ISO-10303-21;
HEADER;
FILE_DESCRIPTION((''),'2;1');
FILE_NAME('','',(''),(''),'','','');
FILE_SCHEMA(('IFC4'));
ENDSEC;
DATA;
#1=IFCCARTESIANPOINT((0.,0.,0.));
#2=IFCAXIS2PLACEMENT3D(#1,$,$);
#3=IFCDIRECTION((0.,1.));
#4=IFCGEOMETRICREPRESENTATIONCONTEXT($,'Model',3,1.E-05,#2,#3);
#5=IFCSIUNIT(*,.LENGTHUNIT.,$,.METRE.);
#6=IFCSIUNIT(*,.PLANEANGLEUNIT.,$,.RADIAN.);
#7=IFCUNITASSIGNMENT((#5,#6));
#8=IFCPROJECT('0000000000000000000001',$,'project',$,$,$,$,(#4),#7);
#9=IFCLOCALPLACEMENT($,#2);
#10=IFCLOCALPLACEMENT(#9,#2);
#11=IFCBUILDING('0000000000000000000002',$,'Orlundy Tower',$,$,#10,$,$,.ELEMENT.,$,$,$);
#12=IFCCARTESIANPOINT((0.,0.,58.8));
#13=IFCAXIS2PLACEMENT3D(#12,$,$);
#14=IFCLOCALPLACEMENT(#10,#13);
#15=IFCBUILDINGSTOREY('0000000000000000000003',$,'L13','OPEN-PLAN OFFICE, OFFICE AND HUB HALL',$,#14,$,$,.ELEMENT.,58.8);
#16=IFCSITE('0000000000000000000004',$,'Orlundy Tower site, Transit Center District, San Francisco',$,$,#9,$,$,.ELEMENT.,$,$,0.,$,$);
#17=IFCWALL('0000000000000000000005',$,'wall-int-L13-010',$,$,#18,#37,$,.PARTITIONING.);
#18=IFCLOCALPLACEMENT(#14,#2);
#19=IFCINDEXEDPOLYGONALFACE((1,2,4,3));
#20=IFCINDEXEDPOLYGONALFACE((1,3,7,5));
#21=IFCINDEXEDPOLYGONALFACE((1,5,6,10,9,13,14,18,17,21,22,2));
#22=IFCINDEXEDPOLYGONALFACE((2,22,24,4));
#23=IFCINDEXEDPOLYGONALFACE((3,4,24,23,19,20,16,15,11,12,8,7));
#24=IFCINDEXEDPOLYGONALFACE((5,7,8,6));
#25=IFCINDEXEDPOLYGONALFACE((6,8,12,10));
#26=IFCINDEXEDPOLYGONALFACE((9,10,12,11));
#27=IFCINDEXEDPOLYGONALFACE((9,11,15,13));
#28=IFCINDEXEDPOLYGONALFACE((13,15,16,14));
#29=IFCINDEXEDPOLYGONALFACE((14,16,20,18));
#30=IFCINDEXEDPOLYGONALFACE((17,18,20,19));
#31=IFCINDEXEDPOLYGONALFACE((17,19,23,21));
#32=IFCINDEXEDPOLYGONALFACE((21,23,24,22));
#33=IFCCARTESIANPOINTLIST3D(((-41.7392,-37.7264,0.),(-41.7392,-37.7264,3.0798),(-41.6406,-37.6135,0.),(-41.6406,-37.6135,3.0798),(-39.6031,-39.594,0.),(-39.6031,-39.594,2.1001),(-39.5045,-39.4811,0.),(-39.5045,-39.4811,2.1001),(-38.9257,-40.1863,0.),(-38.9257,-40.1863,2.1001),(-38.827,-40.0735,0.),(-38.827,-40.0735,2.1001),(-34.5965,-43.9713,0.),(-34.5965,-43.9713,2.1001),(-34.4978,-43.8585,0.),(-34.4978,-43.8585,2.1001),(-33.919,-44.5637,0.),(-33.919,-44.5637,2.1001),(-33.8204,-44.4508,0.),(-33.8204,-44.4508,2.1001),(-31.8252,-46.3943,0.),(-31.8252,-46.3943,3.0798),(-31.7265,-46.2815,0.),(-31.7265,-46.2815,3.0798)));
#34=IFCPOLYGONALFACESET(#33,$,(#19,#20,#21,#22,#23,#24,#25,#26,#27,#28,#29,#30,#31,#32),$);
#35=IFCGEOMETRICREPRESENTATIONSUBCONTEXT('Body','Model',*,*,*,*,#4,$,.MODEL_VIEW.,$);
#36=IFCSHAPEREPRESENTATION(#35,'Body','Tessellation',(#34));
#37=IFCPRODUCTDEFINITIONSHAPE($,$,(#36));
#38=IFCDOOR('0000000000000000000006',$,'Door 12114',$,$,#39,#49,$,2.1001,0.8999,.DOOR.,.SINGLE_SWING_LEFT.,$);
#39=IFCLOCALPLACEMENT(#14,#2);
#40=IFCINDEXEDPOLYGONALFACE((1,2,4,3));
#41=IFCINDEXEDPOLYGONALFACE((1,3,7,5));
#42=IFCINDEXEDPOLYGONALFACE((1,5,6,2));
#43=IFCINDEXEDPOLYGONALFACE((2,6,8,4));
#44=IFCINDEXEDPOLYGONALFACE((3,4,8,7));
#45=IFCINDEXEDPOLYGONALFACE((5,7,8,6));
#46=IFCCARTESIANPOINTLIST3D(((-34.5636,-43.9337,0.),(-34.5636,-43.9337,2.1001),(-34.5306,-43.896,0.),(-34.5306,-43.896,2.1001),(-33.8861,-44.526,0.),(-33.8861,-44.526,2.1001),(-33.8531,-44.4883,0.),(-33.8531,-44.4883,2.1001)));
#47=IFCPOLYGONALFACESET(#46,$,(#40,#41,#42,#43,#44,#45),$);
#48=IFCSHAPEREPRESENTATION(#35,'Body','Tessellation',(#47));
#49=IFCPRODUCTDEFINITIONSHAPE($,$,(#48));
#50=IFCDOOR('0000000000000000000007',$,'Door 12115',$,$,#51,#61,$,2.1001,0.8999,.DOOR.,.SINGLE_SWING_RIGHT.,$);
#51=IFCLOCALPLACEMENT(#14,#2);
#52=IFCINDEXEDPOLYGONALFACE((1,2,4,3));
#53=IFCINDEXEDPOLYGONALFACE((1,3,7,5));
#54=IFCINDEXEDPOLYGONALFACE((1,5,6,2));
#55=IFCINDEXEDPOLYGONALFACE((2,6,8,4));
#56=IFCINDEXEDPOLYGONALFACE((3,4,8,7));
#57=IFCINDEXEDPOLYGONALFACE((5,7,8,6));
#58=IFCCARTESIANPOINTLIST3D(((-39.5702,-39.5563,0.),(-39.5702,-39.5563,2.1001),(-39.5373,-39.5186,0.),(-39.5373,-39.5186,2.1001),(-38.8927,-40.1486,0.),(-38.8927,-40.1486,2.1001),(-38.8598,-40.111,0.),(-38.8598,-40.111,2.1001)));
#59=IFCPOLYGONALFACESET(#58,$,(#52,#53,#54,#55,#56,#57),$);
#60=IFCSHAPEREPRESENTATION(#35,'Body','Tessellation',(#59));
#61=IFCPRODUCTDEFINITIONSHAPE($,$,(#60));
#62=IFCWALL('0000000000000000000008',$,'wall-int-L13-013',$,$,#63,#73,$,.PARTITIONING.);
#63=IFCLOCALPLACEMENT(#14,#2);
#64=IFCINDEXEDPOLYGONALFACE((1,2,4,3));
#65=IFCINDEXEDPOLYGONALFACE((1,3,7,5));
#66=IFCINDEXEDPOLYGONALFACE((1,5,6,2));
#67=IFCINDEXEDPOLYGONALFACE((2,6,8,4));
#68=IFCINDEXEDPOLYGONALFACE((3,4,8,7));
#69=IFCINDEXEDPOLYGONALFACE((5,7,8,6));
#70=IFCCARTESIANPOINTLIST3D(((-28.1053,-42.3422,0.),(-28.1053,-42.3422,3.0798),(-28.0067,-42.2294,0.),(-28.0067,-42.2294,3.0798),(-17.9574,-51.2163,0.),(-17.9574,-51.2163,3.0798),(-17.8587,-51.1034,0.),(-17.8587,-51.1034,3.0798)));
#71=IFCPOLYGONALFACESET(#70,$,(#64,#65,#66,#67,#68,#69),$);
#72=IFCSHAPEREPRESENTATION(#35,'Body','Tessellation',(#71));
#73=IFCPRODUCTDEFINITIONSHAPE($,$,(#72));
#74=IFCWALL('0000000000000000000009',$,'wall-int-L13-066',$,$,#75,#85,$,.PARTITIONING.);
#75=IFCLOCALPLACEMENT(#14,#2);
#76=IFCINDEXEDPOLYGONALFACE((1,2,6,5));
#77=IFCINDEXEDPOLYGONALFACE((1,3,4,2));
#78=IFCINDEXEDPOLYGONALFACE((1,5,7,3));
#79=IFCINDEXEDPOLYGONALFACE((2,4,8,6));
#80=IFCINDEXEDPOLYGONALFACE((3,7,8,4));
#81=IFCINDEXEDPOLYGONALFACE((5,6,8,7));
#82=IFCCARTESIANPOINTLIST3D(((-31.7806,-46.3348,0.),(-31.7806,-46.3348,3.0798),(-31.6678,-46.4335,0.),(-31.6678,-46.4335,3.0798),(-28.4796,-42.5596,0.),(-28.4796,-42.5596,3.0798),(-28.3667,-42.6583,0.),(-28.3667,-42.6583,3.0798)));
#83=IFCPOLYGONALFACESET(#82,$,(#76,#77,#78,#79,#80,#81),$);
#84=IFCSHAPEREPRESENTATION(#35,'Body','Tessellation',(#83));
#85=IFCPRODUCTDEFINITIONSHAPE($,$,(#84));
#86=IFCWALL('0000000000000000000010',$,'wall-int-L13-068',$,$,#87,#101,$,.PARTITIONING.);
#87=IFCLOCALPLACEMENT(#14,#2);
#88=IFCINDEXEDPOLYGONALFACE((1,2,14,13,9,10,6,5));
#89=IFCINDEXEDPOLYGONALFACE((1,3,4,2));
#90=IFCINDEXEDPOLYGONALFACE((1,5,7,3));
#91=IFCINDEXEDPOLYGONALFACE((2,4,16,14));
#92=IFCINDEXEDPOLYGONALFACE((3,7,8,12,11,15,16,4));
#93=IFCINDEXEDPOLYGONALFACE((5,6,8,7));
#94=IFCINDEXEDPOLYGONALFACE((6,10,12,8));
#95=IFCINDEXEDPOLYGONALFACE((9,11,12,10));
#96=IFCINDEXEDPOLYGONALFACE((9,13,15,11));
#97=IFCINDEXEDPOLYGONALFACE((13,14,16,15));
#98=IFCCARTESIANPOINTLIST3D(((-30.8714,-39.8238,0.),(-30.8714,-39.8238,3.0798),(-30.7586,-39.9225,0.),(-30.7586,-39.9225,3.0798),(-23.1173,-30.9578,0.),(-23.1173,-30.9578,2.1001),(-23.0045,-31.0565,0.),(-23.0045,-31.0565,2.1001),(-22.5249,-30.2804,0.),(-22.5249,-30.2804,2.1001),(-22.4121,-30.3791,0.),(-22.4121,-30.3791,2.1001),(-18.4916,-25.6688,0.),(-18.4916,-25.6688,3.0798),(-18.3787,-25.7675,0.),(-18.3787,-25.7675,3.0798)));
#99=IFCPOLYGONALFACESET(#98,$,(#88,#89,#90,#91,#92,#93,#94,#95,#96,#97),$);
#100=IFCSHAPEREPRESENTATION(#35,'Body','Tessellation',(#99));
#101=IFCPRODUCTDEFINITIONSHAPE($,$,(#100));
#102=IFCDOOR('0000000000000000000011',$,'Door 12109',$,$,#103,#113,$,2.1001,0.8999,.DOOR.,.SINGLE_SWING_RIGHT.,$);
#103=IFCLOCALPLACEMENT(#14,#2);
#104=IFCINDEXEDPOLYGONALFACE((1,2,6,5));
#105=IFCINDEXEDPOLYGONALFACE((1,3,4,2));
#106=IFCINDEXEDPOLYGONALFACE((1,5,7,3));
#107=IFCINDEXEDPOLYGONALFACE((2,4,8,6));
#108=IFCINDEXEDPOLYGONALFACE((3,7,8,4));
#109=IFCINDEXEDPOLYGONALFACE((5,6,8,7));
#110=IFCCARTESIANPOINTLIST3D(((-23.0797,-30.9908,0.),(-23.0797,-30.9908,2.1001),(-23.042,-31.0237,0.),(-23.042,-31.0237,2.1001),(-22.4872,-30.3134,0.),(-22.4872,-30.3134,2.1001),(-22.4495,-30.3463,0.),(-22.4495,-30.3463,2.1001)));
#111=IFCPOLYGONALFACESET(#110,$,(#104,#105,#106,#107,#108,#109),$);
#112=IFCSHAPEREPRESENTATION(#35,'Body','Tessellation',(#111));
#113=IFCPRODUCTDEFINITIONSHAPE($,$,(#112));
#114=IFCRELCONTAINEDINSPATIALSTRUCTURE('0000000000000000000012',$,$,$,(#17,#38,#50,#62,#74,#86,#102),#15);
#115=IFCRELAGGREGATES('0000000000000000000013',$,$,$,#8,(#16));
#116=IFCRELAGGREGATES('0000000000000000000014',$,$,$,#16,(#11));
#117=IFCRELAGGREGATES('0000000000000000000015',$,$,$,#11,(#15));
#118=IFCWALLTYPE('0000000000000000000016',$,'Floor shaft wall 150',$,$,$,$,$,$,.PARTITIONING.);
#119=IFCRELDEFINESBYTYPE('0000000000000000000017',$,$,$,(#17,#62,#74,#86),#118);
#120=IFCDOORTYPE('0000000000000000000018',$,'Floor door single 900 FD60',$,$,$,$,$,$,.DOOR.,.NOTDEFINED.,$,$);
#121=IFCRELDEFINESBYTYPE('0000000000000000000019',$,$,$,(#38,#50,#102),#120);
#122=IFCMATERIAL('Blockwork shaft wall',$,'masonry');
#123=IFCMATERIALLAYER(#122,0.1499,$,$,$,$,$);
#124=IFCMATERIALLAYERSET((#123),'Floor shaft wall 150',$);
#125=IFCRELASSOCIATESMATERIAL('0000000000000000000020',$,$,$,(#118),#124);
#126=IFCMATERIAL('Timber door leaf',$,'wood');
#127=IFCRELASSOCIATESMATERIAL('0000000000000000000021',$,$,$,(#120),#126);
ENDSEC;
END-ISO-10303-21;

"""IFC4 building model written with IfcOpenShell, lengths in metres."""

from ifc_helpers import new_model, si_unit, direction, frame, frame_2d, origin, place, context, subcontext, project, spatial, rectangle, extrude, material, layer, layer_set, type_object, element, fill, save


model = new_model("IFC4")

# Units and contexts
model_context = context("Model", 3, precision=1e-05, world=origin(), true_north=direction((0.0, 1.0)))
body_context = subcontext(model_context, "Body", "Model", "MODEL_VIEW")
ifc_project = project(units=[si_unit("LENGTHUNIT", "METRE"), si_unit("PLANEANGLEUNIT", "RADIAN")], contexts=[model_context])

# Site, building, storey
site_placement = place(None, origin())
site = spatial("IfcSite", under=ifc_project, at=site_placement, Name="Orlundy Tower site, Transit Center District, San Francisco", CompositionType="ELEMENT", RefElevation=0.0)
building_placement = place(site_placement, origin())
building = spatial("IfcBuilding", under=site, at=building_placement, Name="Orlundy Tower", CompositionType="ELEMENT")
storey_placement = place(building_placement, frame((0.0, 0.0, 58.8)))
storey = spatial("IfcBuildingStorey", under=building, at=storey_placement, Name="L13", Description="OPEN-PLAN OFFICE, OFFICE AND HUB HALL", CompositionType="ELEMENT", Elevation=58.8)

# Wall, openings, doors
ifc_material_1 = material(Name="Blockwork shaft wall", Category="masonry")
ifc_layer_1 = layer(ifc_material_1, 0.1499)
ifc_layer_set_1 = layer_set([ifc_layer_1], Name="Floor shaft wall 150")
wall_type_1 = type_object("IfcWallType", Name="Floor shaft wall 150", PredefinedType="PARTITIONING", material=ifc_layer_set_1)
wall_1_placement = place(storey_placement, frame((-31.7759, -46.3379, 0.0), z_axis=(0.0, 0.0, 1.0), x_axis=(-0.752834, 0.658211, 0.0)))
wall_1 = element("IfcWall", 1, at=wall_1_placement, inside=storey, type_object=wall_type_1, Name="wall-int-L13-010", PredefinedType="PARTITIONING", context=body_context, shape_type="SweptSolid", body=[
    extrude(rectangle(XDim=13.1689, YDim=0.1499, at=frame_2d((6.5845, 0.0))), origin(), (0.0, 0.0, 1.0), 3.0798),
])
opening_1_placement = place(wall_1_placement, frame((2.7812, 0.0, 0.0)))
opening_1 = element("IfcOpeningElement", 2, at=opening_1_placement, cuts=wall_1, PredefinedType="OPENING", context=body_context, shape_type="SweptSolid", body=[
    extrude(rectangle(XDim=0.8999, YDim=2.1001, at=frame_2d((0.45, 1.05))), frame((0.0, 0.085, 0.0), z_axis=(0.0, -1.0, 0.0), x_axis=(1.0, 0.0, 0.0)), (0.0, 0.0, 1.0), 0.1699),
])
opening_2_placement = place(wall_1_placement, frame((9.4316, 0.0, 0.0)))
opening_2 = element("IfcOpeningElement", 3, at=opening_2_placement, cuts=wall_1, PredefinedType="OPENING", context=body_context, shape_type="SweptSolid", body=[
    extrude(rectangle(XDim=0.8999, YDim=2.1001, at=frame_2d((0.45, 1.05))), frame((0.0, 0.085, 0.0), z_axis=(0.0, -1.0, 0.0), x_axis=(1.0, 0.0, 0.0)), (0.0, 0.0, 1.0), 0.1699),
])
ifc_material_2 = material(Name="Timber door leaf", Category="wood")
door_type = type_object("IfcDoorType", Name="Floor door single 900 FD60", OperationType="NOTDEFINED", PredefinedType="DOOR", material=ifc_material_2)
door_1_placement = place(opening_1_placement, origin())
door_1 = element("IfcDoor", 4, at=door_1_placement, inside=storey, type_object=door_type, Name="Door 12114", OperationType="SINGLE_SWING_LEFT", OverallHeight=2.1001, OverallWidth=0.8999, PredefinedType="DOOR", context=body_context, shape_type="SweptSolid", body=[
    extrude(rectangle(XDim=0.8999, YDim=2.1001, at=frame_2d((0.45, 1.05))), frame((0.0, 0.0249, 0.0), z_axis=(0.0, -1.0, 0.0), x_axis=(1.0, 0.0, 0.0)), (0.0, 0.0, 1.0), 0.05),
])
fill(opening_1, door_1)
door_2_placement = place(opening_2_placement, origin())
door_2 = element("IfcDoor", 5, at=door_2_placement, inside=storey, type_object=door_type, Name="Door 12115", OperationType="SINGLE_SWING_RIGHT", OverallHeight=2.1001, OverallWidth=0.8999, PredefinedType="DOOR", context=body_context, shape_type="SweptSolid", body=[
    extrude(rectangle(XDim=0.8999, YDim=2.1001, at=frame_2d((0.45, 1.05))), frame((0.0, 0.0249, 0.0), z_axis=(0.0, -1.0, 0.0), x_axis=(1.0, 0.0, 0.0)), (0.0, 0.0, 1.0), 0.05),
])
fill(opening_2, door_2)

# Walls
wall_2_placement = place(storey_placement, frame((-28.0559, -42.2859, 0.0), z_axis=(0.0, 0.0, 1.0), x_axis=(0.752776, -0.658276, 0.0)))
element("IfcWall", 6, at=wall_2_placement, inside=storey, type_object=wall_type_1, Name="wall-int-L13-013", PredefinedType="PARTITIONING", context=body_context, shape_type="SweptSolid", body=[
    extrude(rectangle(XDim=13.4807, YDim=0.1499, at=frame_2d((6.7402, 0.0))), origin(), (0.0, 0.0, 1.0), 3.0798),
])
wall_3_placement = place(storey_placement, frame((-31.7241, -46.384, 0.0), z_axis=(0.0, 0.0, 1.0), x_axis=(0.658253, 0.752797, 0.0)))
element("IfcWall", 7, at=wall_3_placement, inside=storey, type_object=wall_type_1, Name="wall-int-L13-066", PredefinedType="PARTITIONING", context=body_context, shape_type="SweptSolid", body=[
    extrude(rectangle(XDim=5.0149, YDim=0.1499, at=frame_2d((2.5073, 0.0))), origin(), (0.0, 0.0, 1.0), 3.0798),
])

# Wall, opening, door
wall_4_placement = place(storey_placement, frame((-30.8149, -39.873, 0.0), z_axis=(0.0, 0.0, 1.0), x_axis=(0.658331, 0.752729, 0.0)))
wall_4 = element("IfcWall", 8, at=wall_4_placement, inside=storey, type_object=wall_type_1, Name="wall-int-L13-068", PredefinedType="PARTITIONING", context=body_context, shape_type="SweptSolid", body=[
    extrude(rectangle(XDim=18.8049, YDim=0.1499, at=frame_2d((9.4023, 0.0))), origin(), (0.0, 0.0, 1.0), 3.0798),
])
opening_3_placement = place(wall_4_placement, frame((11.7783, 0.0, 0.0)))
opening_3 = element("IfcOpeningElement", 9, at=opening_3_placement, cuts=wall_4, PredefinedType="OPENING", context=body_context, shape_type="SweptSolid", body=[
    extrude(rectangle(XDim=0.8999, YDim=2.1001, at=frame_2d((0.45, 1.05))), frame((0.0, 0.085, 0.0), z_axis=(0.0, -1.0, 0.0), x_axis=(1.0, 0.0, 0.0)), (0.0, 0.0, 1.0), 0.1699),
])
door_3_placement = place(opening_3_placement, origin())
door_3 = element("IfcDoor", 10, at=door_3_placement, inside=storey, type_object=door_type, Name="Door 12109", OperationType="SINGLE_SWING_RIGHT", OverallHeight=2.1001, OverallWidth=0.8999, PredefinedType="DOOR", context=body_context, shape_type="SweptSolid", body=[
    extrude(rectangle(XDim=0.8999, YDim=2.1001, at=frame_2d((0.45, 1.05))), frame((0.0, 0.0249, 0.0), z_axis=(0.0, -1.0, 0.0), x_axis=(1.0, 0.0, 0.0)), (0.0, 0.0, 1.0), 0.05),
])
fill(opening_3, door_3)

save(model, "model.ifc")
